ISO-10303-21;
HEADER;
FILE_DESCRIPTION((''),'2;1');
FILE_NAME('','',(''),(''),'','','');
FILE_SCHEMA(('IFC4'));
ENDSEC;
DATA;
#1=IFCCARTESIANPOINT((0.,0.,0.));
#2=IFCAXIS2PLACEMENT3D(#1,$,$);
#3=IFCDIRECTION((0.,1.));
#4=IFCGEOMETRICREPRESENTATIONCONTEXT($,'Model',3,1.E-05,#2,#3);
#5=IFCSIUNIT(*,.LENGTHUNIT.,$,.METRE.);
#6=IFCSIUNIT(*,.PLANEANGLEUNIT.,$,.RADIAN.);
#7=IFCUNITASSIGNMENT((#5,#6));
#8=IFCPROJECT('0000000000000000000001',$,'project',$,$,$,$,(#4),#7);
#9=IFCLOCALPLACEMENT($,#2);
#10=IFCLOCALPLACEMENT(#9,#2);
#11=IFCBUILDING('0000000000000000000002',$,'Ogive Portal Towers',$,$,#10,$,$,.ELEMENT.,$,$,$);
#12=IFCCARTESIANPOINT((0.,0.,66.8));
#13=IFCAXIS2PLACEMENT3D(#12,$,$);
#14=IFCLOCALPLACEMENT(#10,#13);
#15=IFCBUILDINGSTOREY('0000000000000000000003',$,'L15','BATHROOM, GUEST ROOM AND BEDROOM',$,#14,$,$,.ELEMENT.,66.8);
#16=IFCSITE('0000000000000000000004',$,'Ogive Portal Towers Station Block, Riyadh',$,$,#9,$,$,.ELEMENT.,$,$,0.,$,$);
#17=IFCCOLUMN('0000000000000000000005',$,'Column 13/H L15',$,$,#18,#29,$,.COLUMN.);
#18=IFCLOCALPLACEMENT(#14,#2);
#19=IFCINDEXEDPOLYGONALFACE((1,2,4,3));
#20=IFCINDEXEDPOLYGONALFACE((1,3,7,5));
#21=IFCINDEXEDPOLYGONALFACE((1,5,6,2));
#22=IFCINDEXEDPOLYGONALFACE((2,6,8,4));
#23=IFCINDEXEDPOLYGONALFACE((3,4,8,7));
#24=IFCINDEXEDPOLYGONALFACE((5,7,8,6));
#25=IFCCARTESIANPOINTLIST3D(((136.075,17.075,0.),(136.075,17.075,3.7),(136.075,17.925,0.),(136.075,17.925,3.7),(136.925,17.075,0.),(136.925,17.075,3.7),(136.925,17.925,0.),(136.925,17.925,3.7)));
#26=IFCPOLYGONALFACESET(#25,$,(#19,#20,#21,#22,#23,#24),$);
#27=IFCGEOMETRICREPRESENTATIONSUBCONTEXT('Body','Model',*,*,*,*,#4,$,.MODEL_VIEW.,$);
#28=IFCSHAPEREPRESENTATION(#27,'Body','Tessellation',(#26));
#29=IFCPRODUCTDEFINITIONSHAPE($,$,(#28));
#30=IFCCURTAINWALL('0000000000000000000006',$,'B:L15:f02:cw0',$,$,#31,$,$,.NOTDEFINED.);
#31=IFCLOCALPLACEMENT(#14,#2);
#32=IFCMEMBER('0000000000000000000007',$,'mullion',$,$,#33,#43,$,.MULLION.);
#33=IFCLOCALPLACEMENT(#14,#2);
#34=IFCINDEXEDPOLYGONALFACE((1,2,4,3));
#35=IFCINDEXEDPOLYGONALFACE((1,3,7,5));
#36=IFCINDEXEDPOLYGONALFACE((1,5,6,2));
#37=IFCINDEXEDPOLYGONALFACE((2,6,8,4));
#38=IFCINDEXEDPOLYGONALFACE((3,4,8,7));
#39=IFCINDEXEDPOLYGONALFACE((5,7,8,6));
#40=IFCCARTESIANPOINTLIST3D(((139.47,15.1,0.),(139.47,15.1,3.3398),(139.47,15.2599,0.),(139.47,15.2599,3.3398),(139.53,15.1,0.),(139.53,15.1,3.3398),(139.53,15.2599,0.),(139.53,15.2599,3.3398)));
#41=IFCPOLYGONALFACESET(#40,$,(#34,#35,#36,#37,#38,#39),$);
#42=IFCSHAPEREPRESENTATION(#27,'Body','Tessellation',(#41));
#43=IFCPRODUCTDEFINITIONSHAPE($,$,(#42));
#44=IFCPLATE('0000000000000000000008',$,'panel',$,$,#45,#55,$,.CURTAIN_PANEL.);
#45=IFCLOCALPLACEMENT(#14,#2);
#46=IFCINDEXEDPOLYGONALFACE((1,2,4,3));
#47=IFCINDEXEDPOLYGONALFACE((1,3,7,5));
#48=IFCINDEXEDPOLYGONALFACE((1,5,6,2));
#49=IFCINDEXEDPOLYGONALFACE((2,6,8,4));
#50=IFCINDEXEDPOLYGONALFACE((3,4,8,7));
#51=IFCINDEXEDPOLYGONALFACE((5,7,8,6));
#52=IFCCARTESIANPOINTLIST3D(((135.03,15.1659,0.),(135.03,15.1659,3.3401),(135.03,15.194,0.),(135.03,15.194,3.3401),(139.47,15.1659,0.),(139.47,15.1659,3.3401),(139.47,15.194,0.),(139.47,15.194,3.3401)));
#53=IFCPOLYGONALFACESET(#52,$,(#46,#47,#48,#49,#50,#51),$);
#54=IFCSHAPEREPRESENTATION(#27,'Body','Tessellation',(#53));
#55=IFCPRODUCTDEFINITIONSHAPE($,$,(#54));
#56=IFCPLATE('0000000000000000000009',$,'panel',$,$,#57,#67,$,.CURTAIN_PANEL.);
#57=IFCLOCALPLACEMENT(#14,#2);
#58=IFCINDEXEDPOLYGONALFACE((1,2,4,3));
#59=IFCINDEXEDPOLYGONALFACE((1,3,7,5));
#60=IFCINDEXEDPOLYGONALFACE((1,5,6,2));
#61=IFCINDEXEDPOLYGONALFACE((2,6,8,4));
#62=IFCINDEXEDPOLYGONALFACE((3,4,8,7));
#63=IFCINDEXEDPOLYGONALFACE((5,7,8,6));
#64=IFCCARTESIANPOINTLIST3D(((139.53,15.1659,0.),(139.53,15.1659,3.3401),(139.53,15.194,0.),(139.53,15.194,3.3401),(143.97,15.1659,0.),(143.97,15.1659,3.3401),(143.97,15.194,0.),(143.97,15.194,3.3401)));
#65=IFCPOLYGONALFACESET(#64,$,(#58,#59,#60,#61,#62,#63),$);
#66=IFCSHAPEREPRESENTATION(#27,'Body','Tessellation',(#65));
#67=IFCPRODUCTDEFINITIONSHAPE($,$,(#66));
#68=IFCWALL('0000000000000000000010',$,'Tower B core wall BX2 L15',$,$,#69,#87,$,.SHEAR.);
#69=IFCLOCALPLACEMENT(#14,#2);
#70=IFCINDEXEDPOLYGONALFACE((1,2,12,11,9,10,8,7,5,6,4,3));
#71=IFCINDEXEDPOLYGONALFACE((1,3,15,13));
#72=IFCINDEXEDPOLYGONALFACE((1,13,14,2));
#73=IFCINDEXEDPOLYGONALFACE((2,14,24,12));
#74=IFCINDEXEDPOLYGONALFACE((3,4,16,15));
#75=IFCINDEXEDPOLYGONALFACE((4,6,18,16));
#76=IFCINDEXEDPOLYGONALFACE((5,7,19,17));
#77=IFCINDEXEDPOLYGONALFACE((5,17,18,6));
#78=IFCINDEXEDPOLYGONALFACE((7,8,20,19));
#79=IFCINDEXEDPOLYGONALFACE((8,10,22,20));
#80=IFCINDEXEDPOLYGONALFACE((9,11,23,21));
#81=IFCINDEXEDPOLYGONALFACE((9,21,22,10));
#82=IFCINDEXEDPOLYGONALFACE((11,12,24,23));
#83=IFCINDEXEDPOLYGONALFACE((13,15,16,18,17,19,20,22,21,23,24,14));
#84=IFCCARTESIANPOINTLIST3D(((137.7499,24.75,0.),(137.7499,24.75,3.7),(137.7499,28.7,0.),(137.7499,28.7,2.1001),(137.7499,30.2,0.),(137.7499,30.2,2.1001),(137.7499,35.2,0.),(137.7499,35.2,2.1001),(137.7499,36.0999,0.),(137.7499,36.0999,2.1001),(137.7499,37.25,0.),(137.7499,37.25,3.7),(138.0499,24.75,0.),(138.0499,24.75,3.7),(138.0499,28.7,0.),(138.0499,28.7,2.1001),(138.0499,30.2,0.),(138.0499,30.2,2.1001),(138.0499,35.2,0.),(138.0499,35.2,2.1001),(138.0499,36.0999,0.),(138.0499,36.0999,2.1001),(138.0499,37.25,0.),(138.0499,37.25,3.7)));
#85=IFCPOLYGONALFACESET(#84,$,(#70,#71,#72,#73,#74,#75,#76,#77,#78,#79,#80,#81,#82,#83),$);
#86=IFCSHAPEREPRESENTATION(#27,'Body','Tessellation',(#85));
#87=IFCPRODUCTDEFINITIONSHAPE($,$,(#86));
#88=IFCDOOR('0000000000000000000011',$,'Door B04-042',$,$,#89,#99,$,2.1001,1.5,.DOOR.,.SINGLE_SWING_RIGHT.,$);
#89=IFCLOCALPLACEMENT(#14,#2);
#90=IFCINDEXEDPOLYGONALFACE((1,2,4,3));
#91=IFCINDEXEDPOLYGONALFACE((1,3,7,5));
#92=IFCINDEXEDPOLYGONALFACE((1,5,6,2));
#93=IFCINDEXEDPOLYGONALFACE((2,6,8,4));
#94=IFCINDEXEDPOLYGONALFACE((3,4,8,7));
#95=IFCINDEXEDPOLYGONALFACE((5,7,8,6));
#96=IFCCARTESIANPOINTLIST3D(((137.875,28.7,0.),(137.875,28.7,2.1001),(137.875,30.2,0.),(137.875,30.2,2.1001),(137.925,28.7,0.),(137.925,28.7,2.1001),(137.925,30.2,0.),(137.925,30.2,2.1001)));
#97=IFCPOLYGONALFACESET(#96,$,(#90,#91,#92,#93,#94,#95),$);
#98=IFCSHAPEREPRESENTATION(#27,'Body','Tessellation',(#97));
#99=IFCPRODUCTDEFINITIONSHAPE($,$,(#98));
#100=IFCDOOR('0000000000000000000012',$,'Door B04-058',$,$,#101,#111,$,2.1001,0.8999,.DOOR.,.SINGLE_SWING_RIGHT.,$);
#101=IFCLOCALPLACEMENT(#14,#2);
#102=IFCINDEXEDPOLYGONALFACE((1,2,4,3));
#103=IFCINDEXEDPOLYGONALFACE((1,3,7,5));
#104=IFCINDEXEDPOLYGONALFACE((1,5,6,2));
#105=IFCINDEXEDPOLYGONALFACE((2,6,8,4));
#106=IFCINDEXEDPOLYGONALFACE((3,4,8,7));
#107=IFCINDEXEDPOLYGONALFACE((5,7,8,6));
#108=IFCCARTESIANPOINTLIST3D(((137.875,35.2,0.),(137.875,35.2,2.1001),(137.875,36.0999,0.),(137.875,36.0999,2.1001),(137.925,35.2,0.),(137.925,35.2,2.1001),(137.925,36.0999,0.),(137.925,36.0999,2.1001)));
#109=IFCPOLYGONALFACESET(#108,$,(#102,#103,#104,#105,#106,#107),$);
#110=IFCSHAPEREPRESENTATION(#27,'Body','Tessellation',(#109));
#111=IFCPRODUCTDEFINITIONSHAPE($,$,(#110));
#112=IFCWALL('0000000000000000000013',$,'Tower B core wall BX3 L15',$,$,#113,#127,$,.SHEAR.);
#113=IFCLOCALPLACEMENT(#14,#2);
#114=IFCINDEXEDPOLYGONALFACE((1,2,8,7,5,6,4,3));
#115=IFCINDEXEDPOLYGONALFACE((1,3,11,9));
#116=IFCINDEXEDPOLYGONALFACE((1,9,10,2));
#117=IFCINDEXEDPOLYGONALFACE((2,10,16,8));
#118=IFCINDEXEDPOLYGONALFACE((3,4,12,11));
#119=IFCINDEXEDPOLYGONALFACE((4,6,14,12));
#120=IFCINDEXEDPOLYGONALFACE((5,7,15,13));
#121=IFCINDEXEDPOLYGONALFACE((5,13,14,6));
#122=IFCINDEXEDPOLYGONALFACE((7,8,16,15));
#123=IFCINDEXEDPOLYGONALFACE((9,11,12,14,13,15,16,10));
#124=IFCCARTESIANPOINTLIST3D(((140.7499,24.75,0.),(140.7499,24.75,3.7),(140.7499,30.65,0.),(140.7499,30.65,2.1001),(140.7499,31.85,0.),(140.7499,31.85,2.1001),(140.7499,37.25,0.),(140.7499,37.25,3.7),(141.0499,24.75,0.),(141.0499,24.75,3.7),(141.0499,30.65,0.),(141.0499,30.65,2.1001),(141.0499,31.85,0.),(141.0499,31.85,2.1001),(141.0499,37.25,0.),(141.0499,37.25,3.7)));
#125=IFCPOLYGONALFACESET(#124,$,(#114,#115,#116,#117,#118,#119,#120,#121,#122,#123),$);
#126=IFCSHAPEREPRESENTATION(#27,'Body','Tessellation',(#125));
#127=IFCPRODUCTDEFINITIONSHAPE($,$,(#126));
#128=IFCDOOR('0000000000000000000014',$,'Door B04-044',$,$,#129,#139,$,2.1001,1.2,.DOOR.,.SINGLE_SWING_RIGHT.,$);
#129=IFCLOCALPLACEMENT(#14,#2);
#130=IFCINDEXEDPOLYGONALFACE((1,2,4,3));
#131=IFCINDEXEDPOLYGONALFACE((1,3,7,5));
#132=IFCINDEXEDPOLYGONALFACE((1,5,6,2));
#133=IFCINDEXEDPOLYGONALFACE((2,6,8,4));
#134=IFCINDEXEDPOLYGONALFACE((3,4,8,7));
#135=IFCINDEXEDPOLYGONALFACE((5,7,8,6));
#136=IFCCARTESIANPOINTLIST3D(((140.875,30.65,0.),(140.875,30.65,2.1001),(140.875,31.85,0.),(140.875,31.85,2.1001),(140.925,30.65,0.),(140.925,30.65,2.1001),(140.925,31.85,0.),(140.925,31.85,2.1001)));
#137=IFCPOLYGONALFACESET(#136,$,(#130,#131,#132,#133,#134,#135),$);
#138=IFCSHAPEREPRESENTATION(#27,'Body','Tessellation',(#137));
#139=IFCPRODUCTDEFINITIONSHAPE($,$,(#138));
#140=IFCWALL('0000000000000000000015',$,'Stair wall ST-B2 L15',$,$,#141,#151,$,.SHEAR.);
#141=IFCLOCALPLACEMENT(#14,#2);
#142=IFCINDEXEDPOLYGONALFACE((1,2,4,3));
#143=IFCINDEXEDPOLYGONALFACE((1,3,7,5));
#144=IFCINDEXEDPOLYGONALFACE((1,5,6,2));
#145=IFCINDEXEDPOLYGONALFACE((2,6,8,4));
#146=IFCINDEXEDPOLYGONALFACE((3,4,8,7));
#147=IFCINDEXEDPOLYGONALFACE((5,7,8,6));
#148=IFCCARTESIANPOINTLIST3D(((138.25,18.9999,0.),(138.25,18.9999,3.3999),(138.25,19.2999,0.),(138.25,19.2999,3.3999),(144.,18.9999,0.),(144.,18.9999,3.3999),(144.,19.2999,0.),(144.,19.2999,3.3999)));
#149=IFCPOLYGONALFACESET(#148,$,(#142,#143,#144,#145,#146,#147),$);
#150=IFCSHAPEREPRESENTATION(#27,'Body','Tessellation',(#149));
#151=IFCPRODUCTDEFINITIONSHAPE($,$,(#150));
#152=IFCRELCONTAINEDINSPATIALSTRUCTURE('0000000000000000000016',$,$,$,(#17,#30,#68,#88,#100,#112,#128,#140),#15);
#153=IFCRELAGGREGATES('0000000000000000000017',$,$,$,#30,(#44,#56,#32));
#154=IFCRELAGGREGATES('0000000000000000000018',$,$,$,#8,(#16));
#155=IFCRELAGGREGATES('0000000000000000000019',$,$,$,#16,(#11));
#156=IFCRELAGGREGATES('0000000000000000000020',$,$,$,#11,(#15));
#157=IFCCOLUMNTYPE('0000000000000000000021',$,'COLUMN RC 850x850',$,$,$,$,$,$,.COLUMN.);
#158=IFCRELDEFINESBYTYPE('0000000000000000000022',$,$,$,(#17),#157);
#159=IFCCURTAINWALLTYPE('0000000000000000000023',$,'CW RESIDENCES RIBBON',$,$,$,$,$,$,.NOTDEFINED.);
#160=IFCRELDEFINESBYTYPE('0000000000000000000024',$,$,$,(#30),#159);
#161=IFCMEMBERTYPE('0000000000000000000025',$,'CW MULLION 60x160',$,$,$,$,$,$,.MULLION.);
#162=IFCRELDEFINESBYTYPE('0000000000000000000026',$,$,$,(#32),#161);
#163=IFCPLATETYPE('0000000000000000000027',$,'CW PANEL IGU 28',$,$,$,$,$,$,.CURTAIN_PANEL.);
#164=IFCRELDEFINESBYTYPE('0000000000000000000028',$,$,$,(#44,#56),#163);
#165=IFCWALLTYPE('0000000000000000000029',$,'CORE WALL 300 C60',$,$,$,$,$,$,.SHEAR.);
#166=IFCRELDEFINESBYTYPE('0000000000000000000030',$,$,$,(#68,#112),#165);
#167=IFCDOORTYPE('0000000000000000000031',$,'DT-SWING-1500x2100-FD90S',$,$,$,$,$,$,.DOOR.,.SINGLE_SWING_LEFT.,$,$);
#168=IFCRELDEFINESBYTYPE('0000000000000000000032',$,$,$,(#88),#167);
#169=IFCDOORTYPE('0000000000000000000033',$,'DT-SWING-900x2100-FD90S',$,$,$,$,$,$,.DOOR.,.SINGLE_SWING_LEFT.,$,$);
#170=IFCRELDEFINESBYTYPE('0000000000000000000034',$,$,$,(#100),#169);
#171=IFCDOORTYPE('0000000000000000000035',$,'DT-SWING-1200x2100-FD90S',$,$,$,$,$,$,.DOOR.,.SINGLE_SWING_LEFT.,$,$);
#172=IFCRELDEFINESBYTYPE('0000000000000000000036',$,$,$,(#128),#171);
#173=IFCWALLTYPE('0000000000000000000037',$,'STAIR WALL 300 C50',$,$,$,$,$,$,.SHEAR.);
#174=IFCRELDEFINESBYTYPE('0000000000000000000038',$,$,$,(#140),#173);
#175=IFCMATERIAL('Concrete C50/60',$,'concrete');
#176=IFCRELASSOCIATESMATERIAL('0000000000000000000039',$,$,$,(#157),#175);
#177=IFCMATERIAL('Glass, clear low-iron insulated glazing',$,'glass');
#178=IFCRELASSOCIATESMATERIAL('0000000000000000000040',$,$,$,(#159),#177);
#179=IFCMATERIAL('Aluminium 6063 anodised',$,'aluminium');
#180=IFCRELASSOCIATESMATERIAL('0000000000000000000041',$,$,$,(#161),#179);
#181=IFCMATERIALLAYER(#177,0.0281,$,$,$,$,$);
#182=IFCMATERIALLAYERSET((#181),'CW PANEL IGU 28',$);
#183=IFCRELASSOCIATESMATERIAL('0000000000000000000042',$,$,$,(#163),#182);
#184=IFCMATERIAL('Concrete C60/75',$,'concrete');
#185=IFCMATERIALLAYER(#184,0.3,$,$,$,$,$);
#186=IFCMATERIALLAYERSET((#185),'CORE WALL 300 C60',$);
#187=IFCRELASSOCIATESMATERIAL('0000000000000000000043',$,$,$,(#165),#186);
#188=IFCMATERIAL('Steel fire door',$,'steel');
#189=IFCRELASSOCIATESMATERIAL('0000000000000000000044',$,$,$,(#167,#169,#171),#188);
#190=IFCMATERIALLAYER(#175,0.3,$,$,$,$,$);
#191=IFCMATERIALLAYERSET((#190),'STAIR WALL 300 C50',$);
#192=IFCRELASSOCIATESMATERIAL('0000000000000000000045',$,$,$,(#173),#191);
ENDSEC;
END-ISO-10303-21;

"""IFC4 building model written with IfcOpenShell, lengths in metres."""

from ifc_helpers import new_model, si_unit, direction, frame, frame_2d, origin, origin_2d, place, context, subcontext, project, spatial, rectangle, extrude, material, layer, layer_set, material_profile, profile_set, type_object, element, fill, aggregate, save


model = new_model("IFC4")

# Units and contexts
model_context = context("Model", 3, precision=1e-05, world=origin(), true_north=direction((0.0, 1.0)))
body_context = subcontext(model_context, "Body", "Model", "MODEL_VIEW")
ifc_project = project(units=[si_unit("LENGTHUNIT", "METRE"), si_unit("PLANEANGLEUNIT", "RADIAN")], contexts=[model_context])

# Site, building, storey
site_placement = place(None, origin())
site = spatial("IfcSite", under=ifc_project, at=site_placement, Name="Ogive Portal Towers Station Block, Riyadh", CompositionType="ELEMENT", RefElevation=0.0)
building_placement = place(site_placement, origin())
building = spatial("IfcBuilding", under=site, at=building_placement, Name="Ogive Portal Towers", CompositionType="ELEMENT")
storey_placement = place(building_placement, frame((0.0, 0.0, 66.8)))
storey = spatial("IfcBuildingStorey", under=building, at=storey_placement, Name="L15", Description="BATHROOM, GUEST ROOM AND BEDROOM", CompositionType="ELEMENT", Elevation=66.8)

# Column
ifc_material_1 = material(Name="Concrete C50/60", Category="concrete")
ifc_material_profile_1 = material_profile(ifc_material_1, rectangle(XDim=0.8501, YDim=0.8501, at=origin_2d()), Name="RC 850x850")
ifc_profile_set_1 = profile_set([ifc_material_profile_1], Name="Concrete C50/60")
column_type = type_object("IfcColumnType", Name="COLUMN RC 850x850", PredefinedType="COLUMN", material=ifc_profile_set_1)
column_placement = place(storey_placement, frame((136.5, 17.5, 0.0), z_axis=(0.0, 0.0, 1.0), x_axis=(1.0, 0.0, 0.0)))
element("IfcColumn", 1, at=column_placement, inside=storey, type_object=column_type, Name="Column 13/H L15", PredefinedType="COLUMN", context=body_context, shape_type="SweptSolid", body=[
    extrude(rectangle(XDim=0.8501, YDim=0.8501, at=origin_2d()), origin(), (0.0, 0.0, 1.0), 3.7),
])

# Curtain wall, member, plates
ifc_material_2 = material(Name="Glass, clear low-iron insulated glazing", Category="glass")
curtain_wall_type = type_object("IfcCurtainWallType", Name="CW RESIDENCES RIBBON", PredefinedType="NOTDEFINED", material=ifc_material_2)
curtain_wall_placement = place(storey_placement, origin())
curtain_wall = element("IfcCurtainWall", 2, at=curtain_wall_placement, inside=storey, type_object=curtain_wall_type, Name="B:L15:f02:cw0", PredefinedType="NOTDEFINED")
ifc_material_3 = material(Name="Aluminium 6063 anodised", Category="aluminium")
ifc_material_profile_2 = material_profile(ifc_material_3, rectangle(XDim=0.1599, YDim=0.0601, at=origin_2d()), Name="AL 60x160")
ifc_profile_set_2 = profile_set([ifc_material_profile_2], Name="Aluminium 6063 anodised")
member_type = type_object("IfcMemberType", Name="CW MULLION 60x160", PredefinedType="MULLION", material=ifc_profile_set_2)
member_placement = place(storey_placement, frame((139.5, 15.1799, 0.0), z_axis=(0.0, 0.0, 1.0), x_axis=(0.0, 1.0, 0.0)))
member = element("IfcMember", 3, at=member_placement, type_object=member_type, Name="mullion", PredefinedType="MULLION", context=body_context, shape_type="SweptSolid", body=[
    extrude(rectangle(XDim=0.1599, YDim=0.0601, at=origin_2d()), origin(), (0.0, 0.0, 1.0), 3.3398),
])
ifc_layer_1 = layer(ifc_material_2, 0.0281)
ifc_layer_set_1 = layer_set([ifc_layer_1], Name="CW PANEL IGU 28")
plate_type = type_object("IfcPlateType", Name="CW PANEL IGU 28", PredefinedType="CURTAIN_PANEL", material=ifc_layer_set_1)
plate_1_placement = place(storey_placement, frame((137.25, 15.1799, 0.0), z_axis=(0.0, 0.0, 1.0), x_axis=(1.0, 0.0, 0.0)))
plate_1 = element("IfcPlate", 4, at=plate_1_placement, type_object=plate_type, Name="panel", PredefinedType="CURTAIN_PANEL", context=body_context, shape_type="SweptSolid", body=[
    extrude(rectangle(XDim=4.4399, YDim=0.0281, at=origin_2d()), origin(), (0.0, 0.0, 1.0), 3.3401),
])
plate_2_placement = place(storey_placement, frame((141.75, 15.1799, 0.0), z_axis=(0.0, 0.0, 1.0), x_axis=(1.0, 0.0, 0.0)))
plate_2 = element("IfcPlate", 5, at=plate_2_placement, type_object=plate_type, Name="panel", PredefinedType="CURTAIN_PANEL", context=body_context, shape_type="SweptSolid", body=[
    extrude(rectangle(XDim=4.4399, YDim=0.0281, at=origin_2d()), origin(), (0.0, 0.0, 1.0), 3.3401),
])
aggregate(curtain_wall, [plate_1, plate_2, member])

# Wall, openings, doors
ifc_material_4 = material(Name="Concrete C60/75", Category="concrete")
ifc_layer_2 = layer(ifc_material_4, 0.3)
ifc_layer_set_2 = layer_set([ifc_layer_2], Name="CORE WALL 300 C60")
wall_type_1 = type_object("IfcWallType", Name="CORE WALL 300 C60", PredefinedType="SHEAR", material=ifc_layer_set_2)
wall_1_placement = place(storey_placement, frame((137.8999, 24.75, 0.0), z_axis=(0.0, 0.0, 1.0), x_axis=(0.0, 1.0, 0.0)))
wall_1 = element("IfcWall", 6, at=wall_1_placement, inside=storey, type_object=wall_type_1, Name="Tower B core wall BX2 L15", PredefinedType="SHEAR", context=body_context, shape_type="SweptSolid", body=[
    extrude(rectangle(XDim=12.5, YDim=0.3, at=frame_2d((6.25, 0.0))), origin(), (0.0, 0.0, 1.0), 3.7),
])
opening_1_placement = place(wall_1_placement, frame((3.95, 0.0, 0.0)))
opening_1 = element("IfcOpeningElement", 7, at=opening_1_placement, cuts=wall_1, PredefinedType="OPENING", context=body_context, shape_type="SweptSolid", body=[
    extrude(rectangle(XDim=1.5, YDim=2.1001, at=frame_2d((0.75, 1.05))), frame((0.0, 0.1602, 0.0), z_axis=(0.0, -1.0, 0.0), x_axis=(1.0, 0.0, 0.0)), (0.0, 0.0, 1.0), 0.3201),
])
opening_2_placement = place(wall_1_placement, frame((10.45, 0.0, 0.0)))
opening_2 = element("IfcOpeningElement", 8, at=opening_2_placement, cuts=wall_1, PredefinedType="OPENING", context=body_context, shape_type="SweptSolid", body=[
    extrude(rectangle(XDim=0.8999, YDim=2.1001, at=frame_2d((0.45, 1.05))), frame((0.0, 0.1602, 0.0), z_axis=(0.0, -1.0, 0.0), x_axis=(1.0, 0.0, 0.0)), (0.0, 0.0, 1.0), 0.3201),
])
ifc_material_5 = material(Name="Steel fire door", Category="steel")
door_type_1 = type_object("IfcDoorType", Name="DT-SWING-1500x2100-FD90S", OperationType="SINGLE_SWING_LEFT", PredefinedType="DOOR", material=ifc_material_5)
door_1_placement = place(opening_1_placement, origin())
door_1 = element("IfcDoor", 9, at=door_1_placement, inside=storey, type_object=door_type_1, Name="Door B04-042", OperationType="SINGLE_SWING_RIGHT", OverallHeight=2.1001, OverallWidth=1.5, PredefinedType="DOOR", context=body_context, shape_type="SweptSolid", body=[
    extrude(rectangle(XDim=1.5, YDim=2.1001, at=frame_2d((0.75, 1.05))), frame((0.0, 0.0249, 0.0), z_axis=(0.0, -1.0, 0.0), x_axis=(1.0, 0.0, 0.0)), (0.0, 0.0, 1.0), 0.05),
])
fill(opening_1, door_1)
door_type_2 = type_object("IfcDoorType", Name="DT-SWING-900x2100-FD90S", OperationType="SINGLE_SWING_LEFT", PredefinedType="DOOR", material=ifc_material_5)
door_2_placement = place(opening_2_placement, origin())
door_2 = element("IfcDoor", 10, at=door_2_placement, inside=storey, type_object=door_type_2, Name="Door B04-058", OperationType="SINGLE_SWING_RIGHT", OverallHeight=2.1001, OverallWidth=0.8999, PredefinedType="DOOR", context=body_context, shape_type="SweptSolid", body=[
    extrude(rectangle(XDim=0.8999, YDim=2.1001, at=frame_2d((0.45, 1.05))), frame((0.0, 0.0249, 0.0), z_axis=(0.0, -1.0, 0.0), x_axis=(1.0, 0.0, 0.0)), (0.0, 0.0, 1.0), 0.05),
])
fill(opening_2, door_2)

# Wall, opening, door
wall_2_placement = place(storey_placement, frame((140.8999, 24.75, 0.0), z_axis=(0.0, 0.0, 1.0), x_axis=(0.0, 1.0, 0.0)))
wall_2 = element("IfcWall", 11, at=wall_2_placement, inside=storey, type_object=wall_type_1, Name="Tower B core wall BX3 L15", PredefinedType="SHEAR", context=body_context, shape_type="SweptSolid", body=[
    extrude(rectangle(XDim=12.5, YDim=0.3, at=frame_2d((6.25, 0.0))), origin(), (0.0, 0.0, 1.0), 3.7),
])
opening_3_placement = place(wall_2_placement, frame((5.8999, 0.0, 0.0)))
opening_3 = element("IfcOpeningElement", 12, at=opening_3_placement, cuts=wall_2, PredefinedType="OPENING", context=body_context, shape_type="SweptSolid", body=[
    extrude(rectangle(XDim=1.2, YDim=2.1001, at=frame_2d((0.6001, 1.05))), frame((0.0, 0.1602, 0.0), z_axis=(0.0, -1.0, 0.0), x_axis=(1.0, 0.0, 0.0)), (0.0, 0.0, 1.0), 0.3201),
])
door_type_3 = type_object("IfcDoorType", Name="DT-SWING-1200x2100-FD90S", OperationType="SINGLE_SWING_LEFT", PredefinedType="DOOR", material=ifc_material_5)
door_3_placement = place(opening_3_placement, origin())
door_3 = element("IfcDoor", 13, at=door_3_placement, inside=storey, type_object=door_type_3, Name="Door B04-044", OperationType="SINGLE_SWING_RIGHT", OverallHeight=2.1001, OverallWidth=1.2, PredefinedType="DOOR", context=body_context, shape_type="SweptSolid", body=[
    extrude(rectangle(XDim=1.2, YDim=2.1001, at=frame_2d((0.6001, 1.05))), frame((0.0, 0.0249, 0.0), z_axis=(0.0, -1.0, 0.0), x_axis=(1.0, 0.0, 0.0)), (0.0, 0.0, 1.0), 0.05),
])
fill(opening_3, door_3)

# Wall
ifc_layer_3 = layer(ifc_material_1, 0.3)
ifc_layer_set_3 = layer_set([ifc_layer_3], Name="STAIR WALL 300 C50")
wall_type_2 = type_object("IfcWallType", Name="STAIR WALL 300 C50", PredefinedType="SHEAR", material=ifc_layer_set_3)
wall_3_placement = place(storey_placement, frame((138.25, 19.1499, 0.0), z_axis=(0.0, 0.0, 1.0), x_axis=(1.0, 0.0, 0.0)))
element("IfcWall", 14, at=wall_3_placement, inside=storey, type_object=wall_type_2, Name="Stair wall ST-B2 L15", PredefinedType="SHEAR", context=body_context, shape_type="SweptSolid", body=[
    extrude(rectangle(XDim=5.75, YDim=0.3, at=frame_2d((2.875, 0.0))), origin(), (0.0, 0.0, 1.0), 3.3999),
])

save(model, "model.ifc")
